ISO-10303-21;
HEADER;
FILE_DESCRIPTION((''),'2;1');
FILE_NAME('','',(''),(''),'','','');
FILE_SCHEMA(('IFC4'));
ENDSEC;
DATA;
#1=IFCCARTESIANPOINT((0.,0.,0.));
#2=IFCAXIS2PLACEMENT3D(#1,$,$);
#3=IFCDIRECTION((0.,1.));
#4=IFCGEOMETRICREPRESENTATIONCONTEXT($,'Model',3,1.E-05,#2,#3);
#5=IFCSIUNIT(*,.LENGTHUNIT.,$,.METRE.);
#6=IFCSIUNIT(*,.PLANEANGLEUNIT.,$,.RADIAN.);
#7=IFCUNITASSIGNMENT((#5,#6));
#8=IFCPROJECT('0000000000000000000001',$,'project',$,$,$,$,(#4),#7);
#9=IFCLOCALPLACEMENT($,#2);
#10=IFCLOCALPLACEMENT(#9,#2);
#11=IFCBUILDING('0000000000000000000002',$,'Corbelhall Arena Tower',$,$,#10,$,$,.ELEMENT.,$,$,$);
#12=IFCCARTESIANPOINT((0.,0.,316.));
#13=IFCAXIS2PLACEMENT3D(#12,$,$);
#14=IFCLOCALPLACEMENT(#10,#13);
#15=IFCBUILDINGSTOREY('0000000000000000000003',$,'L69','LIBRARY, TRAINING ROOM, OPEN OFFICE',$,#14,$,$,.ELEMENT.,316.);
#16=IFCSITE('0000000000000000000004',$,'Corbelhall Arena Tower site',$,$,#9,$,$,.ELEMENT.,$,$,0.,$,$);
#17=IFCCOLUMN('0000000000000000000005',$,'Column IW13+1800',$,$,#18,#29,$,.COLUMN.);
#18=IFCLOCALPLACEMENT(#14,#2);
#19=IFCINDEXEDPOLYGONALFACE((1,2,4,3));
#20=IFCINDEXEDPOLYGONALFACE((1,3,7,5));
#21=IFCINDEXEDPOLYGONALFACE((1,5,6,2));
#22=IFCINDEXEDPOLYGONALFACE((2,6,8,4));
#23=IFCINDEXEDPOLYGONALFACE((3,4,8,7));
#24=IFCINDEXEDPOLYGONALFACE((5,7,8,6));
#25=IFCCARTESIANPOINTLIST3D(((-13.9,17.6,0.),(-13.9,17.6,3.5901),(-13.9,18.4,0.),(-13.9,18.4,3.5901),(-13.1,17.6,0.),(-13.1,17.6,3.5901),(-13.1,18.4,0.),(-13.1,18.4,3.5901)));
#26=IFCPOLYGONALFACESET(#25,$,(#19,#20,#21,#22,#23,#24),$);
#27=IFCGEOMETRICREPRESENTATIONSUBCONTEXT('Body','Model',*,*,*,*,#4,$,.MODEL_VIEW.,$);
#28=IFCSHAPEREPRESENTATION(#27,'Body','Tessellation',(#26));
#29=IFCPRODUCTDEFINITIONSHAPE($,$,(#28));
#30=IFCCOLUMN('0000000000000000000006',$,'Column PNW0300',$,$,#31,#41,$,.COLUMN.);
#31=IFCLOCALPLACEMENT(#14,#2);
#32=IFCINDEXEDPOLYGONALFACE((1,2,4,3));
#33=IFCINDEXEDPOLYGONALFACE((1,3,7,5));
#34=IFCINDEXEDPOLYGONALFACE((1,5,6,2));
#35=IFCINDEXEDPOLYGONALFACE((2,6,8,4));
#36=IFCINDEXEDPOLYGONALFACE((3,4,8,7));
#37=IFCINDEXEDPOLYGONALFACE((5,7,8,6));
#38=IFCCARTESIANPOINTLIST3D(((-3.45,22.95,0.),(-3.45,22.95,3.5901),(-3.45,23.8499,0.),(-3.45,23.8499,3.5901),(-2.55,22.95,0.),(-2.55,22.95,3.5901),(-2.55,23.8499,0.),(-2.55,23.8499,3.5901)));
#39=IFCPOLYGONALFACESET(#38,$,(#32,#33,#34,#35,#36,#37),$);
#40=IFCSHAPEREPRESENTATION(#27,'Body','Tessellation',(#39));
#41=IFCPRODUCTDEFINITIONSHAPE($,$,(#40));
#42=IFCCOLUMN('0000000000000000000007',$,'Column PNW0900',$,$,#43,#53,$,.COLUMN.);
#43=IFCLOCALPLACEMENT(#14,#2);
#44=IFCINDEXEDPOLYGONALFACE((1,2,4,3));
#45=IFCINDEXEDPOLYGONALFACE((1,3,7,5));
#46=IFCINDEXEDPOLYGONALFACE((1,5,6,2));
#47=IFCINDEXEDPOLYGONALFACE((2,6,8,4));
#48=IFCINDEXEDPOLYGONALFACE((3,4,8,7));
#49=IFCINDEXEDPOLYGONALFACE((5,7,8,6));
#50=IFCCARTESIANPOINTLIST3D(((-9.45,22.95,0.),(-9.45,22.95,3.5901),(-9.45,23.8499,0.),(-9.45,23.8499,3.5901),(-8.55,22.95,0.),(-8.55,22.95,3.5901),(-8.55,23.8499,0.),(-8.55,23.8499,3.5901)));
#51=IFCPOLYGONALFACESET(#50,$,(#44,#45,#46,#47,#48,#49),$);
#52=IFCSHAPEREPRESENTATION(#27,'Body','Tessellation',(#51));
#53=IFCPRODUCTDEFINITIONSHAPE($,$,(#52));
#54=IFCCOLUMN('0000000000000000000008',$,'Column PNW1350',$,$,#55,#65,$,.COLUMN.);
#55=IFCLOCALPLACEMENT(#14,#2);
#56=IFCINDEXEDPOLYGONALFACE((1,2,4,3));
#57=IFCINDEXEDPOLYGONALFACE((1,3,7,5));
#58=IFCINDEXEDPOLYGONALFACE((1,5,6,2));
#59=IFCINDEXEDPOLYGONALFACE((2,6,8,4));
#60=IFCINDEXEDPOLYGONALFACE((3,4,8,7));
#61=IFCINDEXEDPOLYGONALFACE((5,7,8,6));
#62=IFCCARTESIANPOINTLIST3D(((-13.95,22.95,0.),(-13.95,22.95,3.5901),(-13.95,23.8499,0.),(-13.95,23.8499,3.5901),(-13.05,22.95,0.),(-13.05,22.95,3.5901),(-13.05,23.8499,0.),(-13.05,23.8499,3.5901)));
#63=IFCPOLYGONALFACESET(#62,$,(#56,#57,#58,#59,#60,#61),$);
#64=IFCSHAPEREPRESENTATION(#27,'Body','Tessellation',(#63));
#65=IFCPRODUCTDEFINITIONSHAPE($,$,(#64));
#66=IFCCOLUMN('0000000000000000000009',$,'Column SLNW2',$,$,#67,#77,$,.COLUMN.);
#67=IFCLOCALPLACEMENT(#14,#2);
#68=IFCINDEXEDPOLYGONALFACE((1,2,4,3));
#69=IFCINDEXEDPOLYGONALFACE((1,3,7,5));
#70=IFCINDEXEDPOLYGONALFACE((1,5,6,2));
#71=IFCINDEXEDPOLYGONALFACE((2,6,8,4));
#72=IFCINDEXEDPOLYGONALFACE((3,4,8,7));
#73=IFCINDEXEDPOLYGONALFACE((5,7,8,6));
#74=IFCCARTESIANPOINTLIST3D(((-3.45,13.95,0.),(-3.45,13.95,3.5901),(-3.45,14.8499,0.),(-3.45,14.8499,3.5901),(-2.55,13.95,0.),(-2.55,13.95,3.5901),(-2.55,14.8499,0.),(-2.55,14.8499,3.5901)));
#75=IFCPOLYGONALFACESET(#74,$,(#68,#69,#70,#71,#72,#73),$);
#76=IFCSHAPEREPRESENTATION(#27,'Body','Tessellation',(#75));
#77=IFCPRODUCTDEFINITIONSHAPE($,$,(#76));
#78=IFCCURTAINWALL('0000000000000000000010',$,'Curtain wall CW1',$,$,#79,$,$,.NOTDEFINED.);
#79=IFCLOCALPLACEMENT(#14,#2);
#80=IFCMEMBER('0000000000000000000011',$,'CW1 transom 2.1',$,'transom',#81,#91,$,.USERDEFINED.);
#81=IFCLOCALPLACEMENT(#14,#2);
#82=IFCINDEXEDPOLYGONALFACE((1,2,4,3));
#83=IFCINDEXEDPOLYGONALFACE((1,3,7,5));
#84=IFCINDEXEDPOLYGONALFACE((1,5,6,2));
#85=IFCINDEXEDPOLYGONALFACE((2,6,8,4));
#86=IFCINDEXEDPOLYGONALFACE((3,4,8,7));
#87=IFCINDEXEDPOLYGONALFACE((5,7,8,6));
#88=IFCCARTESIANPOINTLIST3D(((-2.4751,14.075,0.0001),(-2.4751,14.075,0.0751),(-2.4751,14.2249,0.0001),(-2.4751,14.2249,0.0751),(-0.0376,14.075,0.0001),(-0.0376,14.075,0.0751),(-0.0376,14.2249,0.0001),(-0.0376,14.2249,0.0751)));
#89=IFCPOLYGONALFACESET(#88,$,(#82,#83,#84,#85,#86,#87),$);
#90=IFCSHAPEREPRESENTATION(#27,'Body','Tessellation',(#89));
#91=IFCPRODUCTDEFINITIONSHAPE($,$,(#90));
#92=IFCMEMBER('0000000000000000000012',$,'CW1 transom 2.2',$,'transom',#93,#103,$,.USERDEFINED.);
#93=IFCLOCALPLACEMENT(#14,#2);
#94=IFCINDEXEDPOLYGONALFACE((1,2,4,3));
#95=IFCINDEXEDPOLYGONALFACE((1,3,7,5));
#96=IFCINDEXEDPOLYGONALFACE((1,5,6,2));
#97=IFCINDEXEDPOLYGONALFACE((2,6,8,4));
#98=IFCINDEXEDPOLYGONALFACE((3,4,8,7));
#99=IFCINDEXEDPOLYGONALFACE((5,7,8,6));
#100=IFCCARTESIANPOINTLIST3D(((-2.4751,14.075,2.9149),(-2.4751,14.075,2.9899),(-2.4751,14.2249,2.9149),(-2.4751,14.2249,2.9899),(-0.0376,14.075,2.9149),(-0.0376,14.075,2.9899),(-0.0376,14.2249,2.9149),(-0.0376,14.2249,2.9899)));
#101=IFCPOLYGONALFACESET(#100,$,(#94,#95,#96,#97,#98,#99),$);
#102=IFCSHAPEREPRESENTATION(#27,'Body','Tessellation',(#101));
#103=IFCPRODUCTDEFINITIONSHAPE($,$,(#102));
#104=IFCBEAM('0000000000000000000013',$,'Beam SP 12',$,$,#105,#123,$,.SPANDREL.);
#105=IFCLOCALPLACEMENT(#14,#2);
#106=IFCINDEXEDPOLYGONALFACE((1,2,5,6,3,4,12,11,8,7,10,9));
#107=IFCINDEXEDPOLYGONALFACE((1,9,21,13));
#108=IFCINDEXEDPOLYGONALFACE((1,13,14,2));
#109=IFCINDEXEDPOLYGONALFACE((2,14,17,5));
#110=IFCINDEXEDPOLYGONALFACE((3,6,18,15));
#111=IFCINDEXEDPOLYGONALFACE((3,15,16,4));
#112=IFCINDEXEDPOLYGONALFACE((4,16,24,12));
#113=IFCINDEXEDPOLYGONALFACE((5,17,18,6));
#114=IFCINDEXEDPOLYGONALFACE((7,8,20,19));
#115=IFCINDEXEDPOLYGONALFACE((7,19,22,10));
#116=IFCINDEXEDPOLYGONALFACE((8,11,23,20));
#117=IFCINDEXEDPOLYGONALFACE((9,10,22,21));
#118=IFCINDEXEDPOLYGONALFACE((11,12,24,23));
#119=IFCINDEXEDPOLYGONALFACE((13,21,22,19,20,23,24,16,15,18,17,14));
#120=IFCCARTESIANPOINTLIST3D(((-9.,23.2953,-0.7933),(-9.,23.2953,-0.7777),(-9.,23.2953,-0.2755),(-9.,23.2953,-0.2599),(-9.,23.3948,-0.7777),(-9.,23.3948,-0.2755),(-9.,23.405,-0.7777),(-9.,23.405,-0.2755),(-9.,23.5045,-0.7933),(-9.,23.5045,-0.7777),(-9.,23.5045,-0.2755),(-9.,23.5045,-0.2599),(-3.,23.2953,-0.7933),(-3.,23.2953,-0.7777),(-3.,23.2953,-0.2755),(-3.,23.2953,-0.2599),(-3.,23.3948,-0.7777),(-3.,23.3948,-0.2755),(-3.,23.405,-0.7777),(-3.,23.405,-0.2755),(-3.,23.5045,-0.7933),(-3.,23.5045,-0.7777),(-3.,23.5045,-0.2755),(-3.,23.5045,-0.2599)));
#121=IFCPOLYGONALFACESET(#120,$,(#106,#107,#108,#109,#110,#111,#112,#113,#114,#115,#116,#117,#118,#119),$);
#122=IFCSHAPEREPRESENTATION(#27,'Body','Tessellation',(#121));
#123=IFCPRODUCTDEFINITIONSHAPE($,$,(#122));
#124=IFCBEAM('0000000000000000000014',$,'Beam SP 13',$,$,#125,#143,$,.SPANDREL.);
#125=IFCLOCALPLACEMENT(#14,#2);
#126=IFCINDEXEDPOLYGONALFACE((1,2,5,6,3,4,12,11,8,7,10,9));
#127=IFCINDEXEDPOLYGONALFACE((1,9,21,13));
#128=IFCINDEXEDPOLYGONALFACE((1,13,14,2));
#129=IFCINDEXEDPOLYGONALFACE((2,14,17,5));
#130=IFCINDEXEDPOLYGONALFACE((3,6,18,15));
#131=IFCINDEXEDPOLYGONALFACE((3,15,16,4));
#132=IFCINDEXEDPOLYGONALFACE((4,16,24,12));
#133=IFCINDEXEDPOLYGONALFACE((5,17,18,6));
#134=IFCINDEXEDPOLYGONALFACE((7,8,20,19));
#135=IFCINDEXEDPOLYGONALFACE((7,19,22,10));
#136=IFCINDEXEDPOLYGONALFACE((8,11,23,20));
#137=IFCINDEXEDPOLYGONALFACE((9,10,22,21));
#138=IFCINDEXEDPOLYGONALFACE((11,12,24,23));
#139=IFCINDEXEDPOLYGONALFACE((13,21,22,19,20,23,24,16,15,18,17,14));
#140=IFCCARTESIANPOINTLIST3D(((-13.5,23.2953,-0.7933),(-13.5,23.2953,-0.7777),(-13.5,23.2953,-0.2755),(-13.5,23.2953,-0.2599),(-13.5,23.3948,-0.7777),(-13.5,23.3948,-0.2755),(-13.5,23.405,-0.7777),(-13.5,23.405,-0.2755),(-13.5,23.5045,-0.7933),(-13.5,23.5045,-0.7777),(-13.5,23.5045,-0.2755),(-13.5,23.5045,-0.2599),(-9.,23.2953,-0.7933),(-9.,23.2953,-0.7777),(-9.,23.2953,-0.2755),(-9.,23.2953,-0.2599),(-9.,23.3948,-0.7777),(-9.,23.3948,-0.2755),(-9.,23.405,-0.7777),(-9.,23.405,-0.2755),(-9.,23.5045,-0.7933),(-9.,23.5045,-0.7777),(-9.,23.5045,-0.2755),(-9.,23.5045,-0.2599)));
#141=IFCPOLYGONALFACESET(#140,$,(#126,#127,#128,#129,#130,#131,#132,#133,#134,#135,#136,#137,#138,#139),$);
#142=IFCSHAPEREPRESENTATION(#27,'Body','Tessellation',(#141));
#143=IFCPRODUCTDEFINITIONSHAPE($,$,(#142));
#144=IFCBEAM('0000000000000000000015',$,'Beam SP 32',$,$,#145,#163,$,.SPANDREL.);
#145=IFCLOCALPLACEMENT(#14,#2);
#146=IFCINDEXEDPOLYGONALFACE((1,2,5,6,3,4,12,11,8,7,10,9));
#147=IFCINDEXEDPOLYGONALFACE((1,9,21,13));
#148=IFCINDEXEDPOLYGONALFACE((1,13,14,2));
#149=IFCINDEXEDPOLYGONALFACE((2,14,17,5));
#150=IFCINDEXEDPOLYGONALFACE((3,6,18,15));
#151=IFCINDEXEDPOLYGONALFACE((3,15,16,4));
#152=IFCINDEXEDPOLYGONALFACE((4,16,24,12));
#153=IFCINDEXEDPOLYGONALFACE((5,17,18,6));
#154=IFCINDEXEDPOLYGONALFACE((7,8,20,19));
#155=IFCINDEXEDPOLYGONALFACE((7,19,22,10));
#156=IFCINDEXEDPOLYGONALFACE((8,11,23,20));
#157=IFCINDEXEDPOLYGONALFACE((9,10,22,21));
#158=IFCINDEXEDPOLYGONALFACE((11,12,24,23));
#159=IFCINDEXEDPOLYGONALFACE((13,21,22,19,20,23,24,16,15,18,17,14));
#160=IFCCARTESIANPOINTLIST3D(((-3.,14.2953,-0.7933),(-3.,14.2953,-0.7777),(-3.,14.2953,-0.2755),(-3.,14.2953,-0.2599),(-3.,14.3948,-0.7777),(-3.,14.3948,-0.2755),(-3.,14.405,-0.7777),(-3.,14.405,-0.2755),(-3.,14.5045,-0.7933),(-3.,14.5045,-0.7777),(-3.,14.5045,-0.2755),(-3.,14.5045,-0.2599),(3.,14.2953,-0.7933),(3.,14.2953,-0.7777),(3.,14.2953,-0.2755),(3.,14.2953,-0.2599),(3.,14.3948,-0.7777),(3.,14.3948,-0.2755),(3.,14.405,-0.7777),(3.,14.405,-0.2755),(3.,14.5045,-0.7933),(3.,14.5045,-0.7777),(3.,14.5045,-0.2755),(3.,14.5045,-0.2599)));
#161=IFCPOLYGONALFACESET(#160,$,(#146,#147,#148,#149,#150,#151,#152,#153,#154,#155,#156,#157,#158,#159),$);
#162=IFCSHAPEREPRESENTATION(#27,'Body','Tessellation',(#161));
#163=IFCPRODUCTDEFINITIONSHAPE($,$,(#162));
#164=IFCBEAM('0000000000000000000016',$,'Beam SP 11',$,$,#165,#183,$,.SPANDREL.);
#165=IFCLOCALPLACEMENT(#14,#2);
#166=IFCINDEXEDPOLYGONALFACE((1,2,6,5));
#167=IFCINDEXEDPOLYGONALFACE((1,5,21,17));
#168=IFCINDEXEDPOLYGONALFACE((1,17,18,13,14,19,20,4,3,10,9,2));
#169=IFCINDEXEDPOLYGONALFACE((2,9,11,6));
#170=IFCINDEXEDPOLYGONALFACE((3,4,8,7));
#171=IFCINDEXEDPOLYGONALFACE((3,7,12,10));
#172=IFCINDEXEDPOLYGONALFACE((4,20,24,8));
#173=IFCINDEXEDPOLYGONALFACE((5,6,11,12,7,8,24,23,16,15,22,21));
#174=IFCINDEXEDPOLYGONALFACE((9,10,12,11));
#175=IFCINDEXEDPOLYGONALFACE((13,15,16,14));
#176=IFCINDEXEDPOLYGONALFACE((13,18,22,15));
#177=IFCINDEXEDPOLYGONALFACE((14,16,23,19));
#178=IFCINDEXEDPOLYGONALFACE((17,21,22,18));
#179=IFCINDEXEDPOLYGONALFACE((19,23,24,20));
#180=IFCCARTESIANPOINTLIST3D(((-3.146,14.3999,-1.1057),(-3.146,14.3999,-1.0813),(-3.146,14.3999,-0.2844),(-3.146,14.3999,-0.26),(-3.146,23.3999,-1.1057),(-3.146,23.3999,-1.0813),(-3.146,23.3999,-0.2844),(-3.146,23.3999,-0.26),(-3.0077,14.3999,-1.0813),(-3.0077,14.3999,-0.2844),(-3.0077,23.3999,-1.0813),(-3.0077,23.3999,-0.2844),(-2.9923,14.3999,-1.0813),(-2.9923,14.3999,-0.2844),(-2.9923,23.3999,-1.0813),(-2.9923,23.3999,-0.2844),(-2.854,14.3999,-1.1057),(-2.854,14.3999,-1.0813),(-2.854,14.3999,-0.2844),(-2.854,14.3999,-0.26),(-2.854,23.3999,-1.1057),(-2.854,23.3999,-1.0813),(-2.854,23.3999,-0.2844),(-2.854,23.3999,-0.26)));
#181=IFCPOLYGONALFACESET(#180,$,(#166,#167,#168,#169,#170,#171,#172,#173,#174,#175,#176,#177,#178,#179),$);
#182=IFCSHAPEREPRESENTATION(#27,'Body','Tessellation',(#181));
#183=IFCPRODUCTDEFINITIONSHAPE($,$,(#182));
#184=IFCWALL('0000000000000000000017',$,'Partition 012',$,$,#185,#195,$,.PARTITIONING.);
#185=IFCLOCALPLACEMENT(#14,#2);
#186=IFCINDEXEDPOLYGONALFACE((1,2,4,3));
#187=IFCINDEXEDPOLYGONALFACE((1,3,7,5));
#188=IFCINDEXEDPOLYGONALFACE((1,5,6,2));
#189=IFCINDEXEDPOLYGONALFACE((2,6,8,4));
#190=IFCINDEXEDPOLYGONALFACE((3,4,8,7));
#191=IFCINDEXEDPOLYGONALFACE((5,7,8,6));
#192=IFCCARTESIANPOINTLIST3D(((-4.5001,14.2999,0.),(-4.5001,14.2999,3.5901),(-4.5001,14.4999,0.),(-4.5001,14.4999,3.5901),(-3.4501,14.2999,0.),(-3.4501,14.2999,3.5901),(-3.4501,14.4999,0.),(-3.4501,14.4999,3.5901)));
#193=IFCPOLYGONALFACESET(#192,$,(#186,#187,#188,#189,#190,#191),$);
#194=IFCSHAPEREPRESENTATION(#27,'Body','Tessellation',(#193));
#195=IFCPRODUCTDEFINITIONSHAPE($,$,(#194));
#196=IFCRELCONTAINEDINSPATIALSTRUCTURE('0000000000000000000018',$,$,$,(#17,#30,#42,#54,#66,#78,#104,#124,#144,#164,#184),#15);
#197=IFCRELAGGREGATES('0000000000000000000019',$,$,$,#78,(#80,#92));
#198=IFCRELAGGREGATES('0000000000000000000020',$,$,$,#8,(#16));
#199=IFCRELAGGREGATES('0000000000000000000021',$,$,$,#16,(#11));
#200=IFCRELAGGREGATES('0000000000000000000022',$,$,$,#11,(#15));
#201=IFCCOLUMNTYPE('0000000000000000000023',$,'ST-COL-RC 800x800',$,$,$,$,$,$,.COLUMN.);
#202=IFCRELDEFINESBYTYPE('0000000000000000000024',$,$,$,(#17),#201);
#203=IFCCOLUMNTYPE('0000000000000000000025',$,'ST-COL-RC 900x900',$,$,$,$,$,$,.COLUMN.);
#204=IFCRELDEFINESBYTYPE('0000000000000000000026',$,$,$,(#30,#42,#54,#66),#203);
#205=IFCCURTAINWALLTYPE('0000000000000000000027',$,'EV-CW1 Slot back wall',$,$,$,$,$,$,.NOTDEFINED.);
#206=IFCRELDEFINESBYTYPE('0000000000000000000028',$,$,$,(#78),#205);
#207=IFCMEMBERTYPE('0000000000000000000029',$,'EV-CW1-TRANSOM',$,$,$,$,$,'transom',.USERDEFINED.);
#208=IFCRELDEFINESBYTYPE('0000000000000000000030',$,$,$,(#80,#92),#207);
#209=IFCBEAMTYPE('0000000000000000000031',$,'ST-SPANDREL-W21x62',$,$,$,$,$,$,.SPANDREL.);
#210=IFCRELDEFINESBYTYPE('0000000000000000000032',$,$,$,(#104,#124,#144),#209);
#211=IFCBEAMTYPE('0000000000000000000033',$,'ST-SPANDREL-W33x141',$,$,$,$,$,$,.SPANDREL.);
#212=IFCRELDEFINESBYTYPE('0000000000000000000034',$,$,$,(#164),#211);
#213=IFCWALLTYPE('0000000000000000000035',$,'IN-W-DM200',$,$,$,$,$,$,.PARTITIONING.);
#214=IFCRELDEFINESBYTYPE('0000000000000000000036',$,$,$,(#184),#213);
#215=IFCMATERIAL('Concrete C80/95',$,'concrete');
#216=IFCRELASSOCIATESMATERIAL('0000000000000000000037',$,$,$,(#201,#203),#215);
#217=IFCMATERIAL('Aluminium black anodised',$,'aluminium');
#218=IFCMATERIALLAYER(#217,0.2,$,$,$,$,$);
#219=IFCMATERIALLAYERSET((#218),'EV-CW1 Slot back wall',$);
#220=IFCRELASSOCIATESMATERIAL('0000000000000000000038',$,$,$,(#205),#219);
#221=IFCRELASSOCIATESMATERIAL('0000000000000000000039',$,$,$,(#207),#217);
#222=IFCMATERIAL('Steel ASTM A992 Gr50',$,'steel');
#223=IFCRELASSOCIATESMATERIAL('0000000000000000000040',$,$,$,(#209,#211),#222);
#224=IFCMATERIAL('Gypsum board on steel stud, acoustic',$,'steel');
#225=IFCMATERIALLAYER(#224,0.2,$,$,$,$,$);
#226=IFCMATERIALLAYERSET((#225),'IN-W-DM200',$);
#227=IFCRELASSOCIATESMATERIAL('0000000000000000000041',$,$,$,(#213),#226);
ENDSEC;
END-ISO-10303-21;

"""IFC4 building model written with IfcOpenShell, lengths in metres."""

from ifc_helpers import new_model, si_unit, direction, frame, frame_2d, origin, origin_2d, place, context, subcontext, project, spatial, rectangle, i_section, extrude, material, layer, layer_set, material_profile, profile_set, type_object, element, aggregate, save


model = new_model("IFC4")

# Units and contexts
model_context = context("Model", 3, precision=1e-05, world=origin(), true_north=direction((0.0, 1.0)))
body_context = subcontext(model_context, "Body", "Model", "MODEL_VIEW")
ifc_project = project(units=[si_unit("LENGTHUNIT", "METRE"), si_unit("PLANEANGLEUNIT", "RADIAN")], contexts=[model_context])

# Site, building, storey
site_placement = place(None, origin())
site = spatial("IfcSite", under=ifc_project, at=site_placement, Name="Corbelhall Arena Tower site", CompositionType="ELEMENT", RefElevation=0.0)
building_placement = place(site_placement, origin())
building = spatial("IfcBuilding", under=site, at=building_placement, Name="Corbelhall Arena Tower", CompositionType="ELEMENT")
storey_placement = place(building_placement, frame((0.0, 0.0, 316.0)))
storey = spatial("IfcBuildingStorey", under=building, at=storey_placement, Name="L69", Description="LIBRARY, TRAINING ROOM, OPEN OFFICE", CompositionType="ELEMENT", Elevation=316.0)

# Columns
ifc_material_1 = material(Name="Concrete C80/95", Category="concrete")
ifc_material_profile_1 = material_profile(ifc_material_1, rectangle(XDim=0.8, YDim=0.8, at=origin_2d()))
ifc_profile_set_1 = profile_set([ifc_material_profile_1], Name="Concrete C80/95")
column_type_1 = type_object("IfcColumnType", Name="ST-COL-RC 800x800", PredefinedType="COLUMN", material=ifc_profile_set_1)
column_placement = place(storey_placement, frame((-13.5, 18.0, 0.0), z_axis=(0.0, 0.0, 1.0), x_axis=(1.0, 0.0, 0.0)))
element("IfcColumn", 1, at=column_placement, inside=storey, type_object=column_type_1, Name="Column IW13+1800", PredefinedType="COLUMN", context=body_context, shape_type="SweptSolid", body=[
    extrude(rectangle(XDim=0.8, YDim=0.8, at=origin_2d()), origin(), (0.0, 0.0, 1.0), 3.5901),
])
ifc_material_profile_2 = material_profile(ifc_material_1, rectangle(XDim=0.8999, YDim=0.8999, at=origin_2d()))
ifc_profile_set_2 = profile_set([ifc_material_profile_2], Name="Concrete C80/95")
column_type_2 = type_object("IfcColumnType", Name="ST-COL-RC 900x900", PredefinedType="COLUMN", material=ifc_profile_set_2)
for number, where, z_axis, x_axis, name in (
    (2, (-3.0, 23.3999, 0.0), (0.0, 0.0, 1.0), (1.0, 0.0, 0.0), "Column PNW0300"),
    (3, (-9.0, 23.3999, 0.0), (0.0, 0.0, 1.0), (1.0, 0.0, 0.0), "Column PNW0900"),
    (4, (-13.5, 23.3999, 0.0), (0.0, 0.0, 1.0), (1.0, 0.0, 0.0), "Column PNW1350"),
    (5, (-3.0, 14.3999, 0.0), (0.0, 0.0, 1.0), (1.0, 0.0, 0.0), "Column SLNW2"),
):
    element("IfcColumn", number, at=place(storey_placement, frame(where, z_axis=z_axis, x_axis=x_axis)), inside=storey, type_object=column_type_2, Name=name, PredefinedType="COLUMN", context=body_context, shape_type="SweptSolid", body=[
        extrude(rectangle(XDim=0.8999, YDim=0.8999, at=origin_2d()), origin(), (0.0, 0.0, 1.0), 3.5901),
    ])

# Curtain wall, members
ifc_material_2 = material(Name="Aluminium black anodised", Category="aluminium")
ifc_layer_1 = layer(ifc_material_2, 0.2)
ifc_layer_set_1 = layer_set([ifc_layer_1], Name="EV-CW1 Slot back wall")
curtain_wall_type = type_object("IfcCurtainWallType", Name="EV-CW1 Slot back wall", PredefinedType="NOTDEFINED", material=ifc_layer_set_1)
curtain_wall_placement = place(storey_placement, origin())
curtain_wall = element("IfcCurtainWall", 6, at=curtain_wall_placement, inside=storey, type_object=curtain_wall_type, Name="Curtain wall CW1", PredefinedType="NOTDEFINED")
ifc_material_profile_3 = material_profile(ifc_material_2, rectangle(XDim=0.1499, YDim=0.075, at=origin_2d()))
ifc_profile_set_3 = profile_set([ifc_material_profile_3], Name="Aluminium black anodised")
member_type = type_object("IfcMemberType", Name="EV-CW1-TRANSOM", ElementType="transom", PredefinedType="USERDEFINED", material=ifc_profile_set_3)
member_1_placement = place(storey_placement, frame((-0.0376, 14.1499, 0.0376), z_axis=(-1.0, 0.0, 0.0), x_axis=(0.0, -1.0, 0.0)))
member_1 = element("IfcMember", 7, at=member_1_placement, type_object=member_type, Name="CW1 transom 2.1", ObjectType="transom", PredefinedType="USERDEFINED", context=body_context, shape_type="SweptSolid", body=[
    extrude(rectangle(XDim=0.1499, YDim=0.075, at=origin_2d()), origin(), (0.0, 0.0, 1.0), 2.4375),
])
member_2_placement = place(storey_placement, frame((-0.0376, 14.1499, 2.9524), z_axis=(-1.0, 0.0, 0.0), x_axis=(0.0, -1.0, 0.0)))
member_2 = element("IfcMember", 8, at=member_2_placement, type_object=member_type, Name="CW1 transom 2.2", ObjectType="transom", PredefinedType="USERDEFINED", context=body_context, shape_type="SweptSolid", body=[
    extrude(rectangle(XDim=0.1499, YDim=0.075, at=origin_2d()), origin(), (0.0, 0.0, 1.0), 2.4375),
])
aggregate(curtain_wall, [member_1, member_2])

# Beams
ifc_material_3 = material(Name="Steel ASTM A992 Gr50", Category="steel")
ifc_material_profile_4 = material_profile(ifc_material_3, i_section(OverallWidth=0.2092, OverallDepth=0.5334, WebThickness=0.0103, FlangeThickness=0.0156, at=origin_2d()))
ifc_profile_set_4 = profile_set([ifc_material_profile_4], Name="Steel ASTM A992 Gr50")
beam_type_1 = type_object("IfcBeamType", Name="ST-SPANDREL-W21x62", PredefinedType="SPANDREL", material=ifc_profile_set_4)
beam_1_placement = place(storey_placement, frame((-9.0, 23.3999, -0.5266), z_axis=(1.0, 0.0, 0.0), x_axis=(0.0, 1.0, 0.0)))
element("IfcBeam", 9, at=beam_1_placement, inside=storey, type_object=beam_type_1, Name="Beam SP 12", PredefinedType="SPANDREL", context=body_context, shape_type="SweptSolid", body=[
    extrude(i_section(OverallWidth=0.2092, OverallDepth=0.5334, WebThickness=0.0103, FlangeThickness=0.0156, at=origin_2d()), origin(), (0.0, 0.0, 1.0), 6.0),
])
beam_2_placement = place(storey_placement, frame((-13.5, 23.3999, -0.5266), z_axis=(1.0, 0.0, 0.0), x_axis=(0.0, 1.0, 0.0)))
element("IfcBeam", 10, at=beam_2_placement, inside=storey, type_object=beam_type_1, Name="Beam SP 13", PredefinedType="SPANDREL", context=body_context, shape_type="SweptSolid", body=[
    extrude(i_section(OverallWidth=0.2092, OverallDepth=0.5334, WebThickness=0.0103, FlangeThickness=0.0156, at=origin_2d()), origin(), (0.0, 0.0, 1.0), 4.5),
])
beam_3_placement = place(storey_placement, frame((-3.0, 14.3999, -0.5266), z_axis=(1.0, 0.0, 0.0), x_axis=(0.0, 1.0, 0.0)))
element("IfcBeam", 11, at=beam_3_placement, inside=storey, type_object=beam_type_1, Name="Beam SP 32", PredefinedType="SPANDREL", context=body_context, shape_type="SweptSolid", body=[
    extrude(i_section(OverallWidth=0.2092, OverallDepth=0.5334, WebThickness=0.0103, FlangeThickness=0.0156, at=origin_2d()), origin(), (0.0, 0.0, 1.0), 6.0),
])
ifc_material_profile_5 = material_profile(ifc_material_3, i_section(OverallWidth=0.292, OverallDepth=0.8457, WebThickness=0.0154, FlangeThickness=0.0244, at=origin_2d()))
ifc_profile_set_5 = profile_set([ifc_material_profile_5], Name="Steel ASTM A992 Gr50")
beam_type_2 = type_object("IfcBeamType", Name="ST-SPANDREL-W33x141", PredefinedType="SPANDREL", material=ifc_profile_set_5)
beam_4_placement = place(storey_placement, frame((-3.0, 23.3999, -0.6829), z_axis=(0.0, -1.0, 0.0), x_axis=(1.0, 0.0, 0.0)))
element("IfcBeam", 12, at=beam_4_placement, inside=storey, type_object=beam_type_2, Name="Beam SP 11", PredefinedType="SPANDREL", context=body_context, shape_type="SweptSolid", body=[
    extrude(i_section(OverallWidth=0.292, OverallDepth=0.8457, WebThickness=0.0154, FlangeThickness=0.0244, at=origin_2d()), origin(), (0.0, 0.0, 1.0), 9.0),
])

# Wall
ifc_material_4 = material(Name="Gypsum board on steel stud, acoustic", Category="steel")
ifc_layer_2 = layer(ifc_material_4, 0.2)
ifc_layer_set_2 = layer_set([ifc_layer_2], Name="IN-W-DM200")
wall_type_1 = type_object("IfcWallType", Name="IN-W-DM200", PredefinedType="PARTITIONING", material=ifc_layer_set_2)
wall_1_placement = place(storey_placement, frame((-4.5, 14.3999, 0.0), z_axis=(0.0, 0.0, 1.0), x_axis=(1.0, 0.0, 0.0)))
element("IfcWall", 13, at=wall_1_placement, inside=storey, type_object=wall_type_1, Name="Partition 012", PredefinedType="PARTITIONING", context=body_context, shape_type="SweptSolid", body=[
    extrude(rectangle(XDim=1.05, YDim=0.2, at=frame_2d((0.5249, 0.0))), origin(), (0.0, 0.0, 1.0), 3.5901),
])

save(model, "model.ifc")
